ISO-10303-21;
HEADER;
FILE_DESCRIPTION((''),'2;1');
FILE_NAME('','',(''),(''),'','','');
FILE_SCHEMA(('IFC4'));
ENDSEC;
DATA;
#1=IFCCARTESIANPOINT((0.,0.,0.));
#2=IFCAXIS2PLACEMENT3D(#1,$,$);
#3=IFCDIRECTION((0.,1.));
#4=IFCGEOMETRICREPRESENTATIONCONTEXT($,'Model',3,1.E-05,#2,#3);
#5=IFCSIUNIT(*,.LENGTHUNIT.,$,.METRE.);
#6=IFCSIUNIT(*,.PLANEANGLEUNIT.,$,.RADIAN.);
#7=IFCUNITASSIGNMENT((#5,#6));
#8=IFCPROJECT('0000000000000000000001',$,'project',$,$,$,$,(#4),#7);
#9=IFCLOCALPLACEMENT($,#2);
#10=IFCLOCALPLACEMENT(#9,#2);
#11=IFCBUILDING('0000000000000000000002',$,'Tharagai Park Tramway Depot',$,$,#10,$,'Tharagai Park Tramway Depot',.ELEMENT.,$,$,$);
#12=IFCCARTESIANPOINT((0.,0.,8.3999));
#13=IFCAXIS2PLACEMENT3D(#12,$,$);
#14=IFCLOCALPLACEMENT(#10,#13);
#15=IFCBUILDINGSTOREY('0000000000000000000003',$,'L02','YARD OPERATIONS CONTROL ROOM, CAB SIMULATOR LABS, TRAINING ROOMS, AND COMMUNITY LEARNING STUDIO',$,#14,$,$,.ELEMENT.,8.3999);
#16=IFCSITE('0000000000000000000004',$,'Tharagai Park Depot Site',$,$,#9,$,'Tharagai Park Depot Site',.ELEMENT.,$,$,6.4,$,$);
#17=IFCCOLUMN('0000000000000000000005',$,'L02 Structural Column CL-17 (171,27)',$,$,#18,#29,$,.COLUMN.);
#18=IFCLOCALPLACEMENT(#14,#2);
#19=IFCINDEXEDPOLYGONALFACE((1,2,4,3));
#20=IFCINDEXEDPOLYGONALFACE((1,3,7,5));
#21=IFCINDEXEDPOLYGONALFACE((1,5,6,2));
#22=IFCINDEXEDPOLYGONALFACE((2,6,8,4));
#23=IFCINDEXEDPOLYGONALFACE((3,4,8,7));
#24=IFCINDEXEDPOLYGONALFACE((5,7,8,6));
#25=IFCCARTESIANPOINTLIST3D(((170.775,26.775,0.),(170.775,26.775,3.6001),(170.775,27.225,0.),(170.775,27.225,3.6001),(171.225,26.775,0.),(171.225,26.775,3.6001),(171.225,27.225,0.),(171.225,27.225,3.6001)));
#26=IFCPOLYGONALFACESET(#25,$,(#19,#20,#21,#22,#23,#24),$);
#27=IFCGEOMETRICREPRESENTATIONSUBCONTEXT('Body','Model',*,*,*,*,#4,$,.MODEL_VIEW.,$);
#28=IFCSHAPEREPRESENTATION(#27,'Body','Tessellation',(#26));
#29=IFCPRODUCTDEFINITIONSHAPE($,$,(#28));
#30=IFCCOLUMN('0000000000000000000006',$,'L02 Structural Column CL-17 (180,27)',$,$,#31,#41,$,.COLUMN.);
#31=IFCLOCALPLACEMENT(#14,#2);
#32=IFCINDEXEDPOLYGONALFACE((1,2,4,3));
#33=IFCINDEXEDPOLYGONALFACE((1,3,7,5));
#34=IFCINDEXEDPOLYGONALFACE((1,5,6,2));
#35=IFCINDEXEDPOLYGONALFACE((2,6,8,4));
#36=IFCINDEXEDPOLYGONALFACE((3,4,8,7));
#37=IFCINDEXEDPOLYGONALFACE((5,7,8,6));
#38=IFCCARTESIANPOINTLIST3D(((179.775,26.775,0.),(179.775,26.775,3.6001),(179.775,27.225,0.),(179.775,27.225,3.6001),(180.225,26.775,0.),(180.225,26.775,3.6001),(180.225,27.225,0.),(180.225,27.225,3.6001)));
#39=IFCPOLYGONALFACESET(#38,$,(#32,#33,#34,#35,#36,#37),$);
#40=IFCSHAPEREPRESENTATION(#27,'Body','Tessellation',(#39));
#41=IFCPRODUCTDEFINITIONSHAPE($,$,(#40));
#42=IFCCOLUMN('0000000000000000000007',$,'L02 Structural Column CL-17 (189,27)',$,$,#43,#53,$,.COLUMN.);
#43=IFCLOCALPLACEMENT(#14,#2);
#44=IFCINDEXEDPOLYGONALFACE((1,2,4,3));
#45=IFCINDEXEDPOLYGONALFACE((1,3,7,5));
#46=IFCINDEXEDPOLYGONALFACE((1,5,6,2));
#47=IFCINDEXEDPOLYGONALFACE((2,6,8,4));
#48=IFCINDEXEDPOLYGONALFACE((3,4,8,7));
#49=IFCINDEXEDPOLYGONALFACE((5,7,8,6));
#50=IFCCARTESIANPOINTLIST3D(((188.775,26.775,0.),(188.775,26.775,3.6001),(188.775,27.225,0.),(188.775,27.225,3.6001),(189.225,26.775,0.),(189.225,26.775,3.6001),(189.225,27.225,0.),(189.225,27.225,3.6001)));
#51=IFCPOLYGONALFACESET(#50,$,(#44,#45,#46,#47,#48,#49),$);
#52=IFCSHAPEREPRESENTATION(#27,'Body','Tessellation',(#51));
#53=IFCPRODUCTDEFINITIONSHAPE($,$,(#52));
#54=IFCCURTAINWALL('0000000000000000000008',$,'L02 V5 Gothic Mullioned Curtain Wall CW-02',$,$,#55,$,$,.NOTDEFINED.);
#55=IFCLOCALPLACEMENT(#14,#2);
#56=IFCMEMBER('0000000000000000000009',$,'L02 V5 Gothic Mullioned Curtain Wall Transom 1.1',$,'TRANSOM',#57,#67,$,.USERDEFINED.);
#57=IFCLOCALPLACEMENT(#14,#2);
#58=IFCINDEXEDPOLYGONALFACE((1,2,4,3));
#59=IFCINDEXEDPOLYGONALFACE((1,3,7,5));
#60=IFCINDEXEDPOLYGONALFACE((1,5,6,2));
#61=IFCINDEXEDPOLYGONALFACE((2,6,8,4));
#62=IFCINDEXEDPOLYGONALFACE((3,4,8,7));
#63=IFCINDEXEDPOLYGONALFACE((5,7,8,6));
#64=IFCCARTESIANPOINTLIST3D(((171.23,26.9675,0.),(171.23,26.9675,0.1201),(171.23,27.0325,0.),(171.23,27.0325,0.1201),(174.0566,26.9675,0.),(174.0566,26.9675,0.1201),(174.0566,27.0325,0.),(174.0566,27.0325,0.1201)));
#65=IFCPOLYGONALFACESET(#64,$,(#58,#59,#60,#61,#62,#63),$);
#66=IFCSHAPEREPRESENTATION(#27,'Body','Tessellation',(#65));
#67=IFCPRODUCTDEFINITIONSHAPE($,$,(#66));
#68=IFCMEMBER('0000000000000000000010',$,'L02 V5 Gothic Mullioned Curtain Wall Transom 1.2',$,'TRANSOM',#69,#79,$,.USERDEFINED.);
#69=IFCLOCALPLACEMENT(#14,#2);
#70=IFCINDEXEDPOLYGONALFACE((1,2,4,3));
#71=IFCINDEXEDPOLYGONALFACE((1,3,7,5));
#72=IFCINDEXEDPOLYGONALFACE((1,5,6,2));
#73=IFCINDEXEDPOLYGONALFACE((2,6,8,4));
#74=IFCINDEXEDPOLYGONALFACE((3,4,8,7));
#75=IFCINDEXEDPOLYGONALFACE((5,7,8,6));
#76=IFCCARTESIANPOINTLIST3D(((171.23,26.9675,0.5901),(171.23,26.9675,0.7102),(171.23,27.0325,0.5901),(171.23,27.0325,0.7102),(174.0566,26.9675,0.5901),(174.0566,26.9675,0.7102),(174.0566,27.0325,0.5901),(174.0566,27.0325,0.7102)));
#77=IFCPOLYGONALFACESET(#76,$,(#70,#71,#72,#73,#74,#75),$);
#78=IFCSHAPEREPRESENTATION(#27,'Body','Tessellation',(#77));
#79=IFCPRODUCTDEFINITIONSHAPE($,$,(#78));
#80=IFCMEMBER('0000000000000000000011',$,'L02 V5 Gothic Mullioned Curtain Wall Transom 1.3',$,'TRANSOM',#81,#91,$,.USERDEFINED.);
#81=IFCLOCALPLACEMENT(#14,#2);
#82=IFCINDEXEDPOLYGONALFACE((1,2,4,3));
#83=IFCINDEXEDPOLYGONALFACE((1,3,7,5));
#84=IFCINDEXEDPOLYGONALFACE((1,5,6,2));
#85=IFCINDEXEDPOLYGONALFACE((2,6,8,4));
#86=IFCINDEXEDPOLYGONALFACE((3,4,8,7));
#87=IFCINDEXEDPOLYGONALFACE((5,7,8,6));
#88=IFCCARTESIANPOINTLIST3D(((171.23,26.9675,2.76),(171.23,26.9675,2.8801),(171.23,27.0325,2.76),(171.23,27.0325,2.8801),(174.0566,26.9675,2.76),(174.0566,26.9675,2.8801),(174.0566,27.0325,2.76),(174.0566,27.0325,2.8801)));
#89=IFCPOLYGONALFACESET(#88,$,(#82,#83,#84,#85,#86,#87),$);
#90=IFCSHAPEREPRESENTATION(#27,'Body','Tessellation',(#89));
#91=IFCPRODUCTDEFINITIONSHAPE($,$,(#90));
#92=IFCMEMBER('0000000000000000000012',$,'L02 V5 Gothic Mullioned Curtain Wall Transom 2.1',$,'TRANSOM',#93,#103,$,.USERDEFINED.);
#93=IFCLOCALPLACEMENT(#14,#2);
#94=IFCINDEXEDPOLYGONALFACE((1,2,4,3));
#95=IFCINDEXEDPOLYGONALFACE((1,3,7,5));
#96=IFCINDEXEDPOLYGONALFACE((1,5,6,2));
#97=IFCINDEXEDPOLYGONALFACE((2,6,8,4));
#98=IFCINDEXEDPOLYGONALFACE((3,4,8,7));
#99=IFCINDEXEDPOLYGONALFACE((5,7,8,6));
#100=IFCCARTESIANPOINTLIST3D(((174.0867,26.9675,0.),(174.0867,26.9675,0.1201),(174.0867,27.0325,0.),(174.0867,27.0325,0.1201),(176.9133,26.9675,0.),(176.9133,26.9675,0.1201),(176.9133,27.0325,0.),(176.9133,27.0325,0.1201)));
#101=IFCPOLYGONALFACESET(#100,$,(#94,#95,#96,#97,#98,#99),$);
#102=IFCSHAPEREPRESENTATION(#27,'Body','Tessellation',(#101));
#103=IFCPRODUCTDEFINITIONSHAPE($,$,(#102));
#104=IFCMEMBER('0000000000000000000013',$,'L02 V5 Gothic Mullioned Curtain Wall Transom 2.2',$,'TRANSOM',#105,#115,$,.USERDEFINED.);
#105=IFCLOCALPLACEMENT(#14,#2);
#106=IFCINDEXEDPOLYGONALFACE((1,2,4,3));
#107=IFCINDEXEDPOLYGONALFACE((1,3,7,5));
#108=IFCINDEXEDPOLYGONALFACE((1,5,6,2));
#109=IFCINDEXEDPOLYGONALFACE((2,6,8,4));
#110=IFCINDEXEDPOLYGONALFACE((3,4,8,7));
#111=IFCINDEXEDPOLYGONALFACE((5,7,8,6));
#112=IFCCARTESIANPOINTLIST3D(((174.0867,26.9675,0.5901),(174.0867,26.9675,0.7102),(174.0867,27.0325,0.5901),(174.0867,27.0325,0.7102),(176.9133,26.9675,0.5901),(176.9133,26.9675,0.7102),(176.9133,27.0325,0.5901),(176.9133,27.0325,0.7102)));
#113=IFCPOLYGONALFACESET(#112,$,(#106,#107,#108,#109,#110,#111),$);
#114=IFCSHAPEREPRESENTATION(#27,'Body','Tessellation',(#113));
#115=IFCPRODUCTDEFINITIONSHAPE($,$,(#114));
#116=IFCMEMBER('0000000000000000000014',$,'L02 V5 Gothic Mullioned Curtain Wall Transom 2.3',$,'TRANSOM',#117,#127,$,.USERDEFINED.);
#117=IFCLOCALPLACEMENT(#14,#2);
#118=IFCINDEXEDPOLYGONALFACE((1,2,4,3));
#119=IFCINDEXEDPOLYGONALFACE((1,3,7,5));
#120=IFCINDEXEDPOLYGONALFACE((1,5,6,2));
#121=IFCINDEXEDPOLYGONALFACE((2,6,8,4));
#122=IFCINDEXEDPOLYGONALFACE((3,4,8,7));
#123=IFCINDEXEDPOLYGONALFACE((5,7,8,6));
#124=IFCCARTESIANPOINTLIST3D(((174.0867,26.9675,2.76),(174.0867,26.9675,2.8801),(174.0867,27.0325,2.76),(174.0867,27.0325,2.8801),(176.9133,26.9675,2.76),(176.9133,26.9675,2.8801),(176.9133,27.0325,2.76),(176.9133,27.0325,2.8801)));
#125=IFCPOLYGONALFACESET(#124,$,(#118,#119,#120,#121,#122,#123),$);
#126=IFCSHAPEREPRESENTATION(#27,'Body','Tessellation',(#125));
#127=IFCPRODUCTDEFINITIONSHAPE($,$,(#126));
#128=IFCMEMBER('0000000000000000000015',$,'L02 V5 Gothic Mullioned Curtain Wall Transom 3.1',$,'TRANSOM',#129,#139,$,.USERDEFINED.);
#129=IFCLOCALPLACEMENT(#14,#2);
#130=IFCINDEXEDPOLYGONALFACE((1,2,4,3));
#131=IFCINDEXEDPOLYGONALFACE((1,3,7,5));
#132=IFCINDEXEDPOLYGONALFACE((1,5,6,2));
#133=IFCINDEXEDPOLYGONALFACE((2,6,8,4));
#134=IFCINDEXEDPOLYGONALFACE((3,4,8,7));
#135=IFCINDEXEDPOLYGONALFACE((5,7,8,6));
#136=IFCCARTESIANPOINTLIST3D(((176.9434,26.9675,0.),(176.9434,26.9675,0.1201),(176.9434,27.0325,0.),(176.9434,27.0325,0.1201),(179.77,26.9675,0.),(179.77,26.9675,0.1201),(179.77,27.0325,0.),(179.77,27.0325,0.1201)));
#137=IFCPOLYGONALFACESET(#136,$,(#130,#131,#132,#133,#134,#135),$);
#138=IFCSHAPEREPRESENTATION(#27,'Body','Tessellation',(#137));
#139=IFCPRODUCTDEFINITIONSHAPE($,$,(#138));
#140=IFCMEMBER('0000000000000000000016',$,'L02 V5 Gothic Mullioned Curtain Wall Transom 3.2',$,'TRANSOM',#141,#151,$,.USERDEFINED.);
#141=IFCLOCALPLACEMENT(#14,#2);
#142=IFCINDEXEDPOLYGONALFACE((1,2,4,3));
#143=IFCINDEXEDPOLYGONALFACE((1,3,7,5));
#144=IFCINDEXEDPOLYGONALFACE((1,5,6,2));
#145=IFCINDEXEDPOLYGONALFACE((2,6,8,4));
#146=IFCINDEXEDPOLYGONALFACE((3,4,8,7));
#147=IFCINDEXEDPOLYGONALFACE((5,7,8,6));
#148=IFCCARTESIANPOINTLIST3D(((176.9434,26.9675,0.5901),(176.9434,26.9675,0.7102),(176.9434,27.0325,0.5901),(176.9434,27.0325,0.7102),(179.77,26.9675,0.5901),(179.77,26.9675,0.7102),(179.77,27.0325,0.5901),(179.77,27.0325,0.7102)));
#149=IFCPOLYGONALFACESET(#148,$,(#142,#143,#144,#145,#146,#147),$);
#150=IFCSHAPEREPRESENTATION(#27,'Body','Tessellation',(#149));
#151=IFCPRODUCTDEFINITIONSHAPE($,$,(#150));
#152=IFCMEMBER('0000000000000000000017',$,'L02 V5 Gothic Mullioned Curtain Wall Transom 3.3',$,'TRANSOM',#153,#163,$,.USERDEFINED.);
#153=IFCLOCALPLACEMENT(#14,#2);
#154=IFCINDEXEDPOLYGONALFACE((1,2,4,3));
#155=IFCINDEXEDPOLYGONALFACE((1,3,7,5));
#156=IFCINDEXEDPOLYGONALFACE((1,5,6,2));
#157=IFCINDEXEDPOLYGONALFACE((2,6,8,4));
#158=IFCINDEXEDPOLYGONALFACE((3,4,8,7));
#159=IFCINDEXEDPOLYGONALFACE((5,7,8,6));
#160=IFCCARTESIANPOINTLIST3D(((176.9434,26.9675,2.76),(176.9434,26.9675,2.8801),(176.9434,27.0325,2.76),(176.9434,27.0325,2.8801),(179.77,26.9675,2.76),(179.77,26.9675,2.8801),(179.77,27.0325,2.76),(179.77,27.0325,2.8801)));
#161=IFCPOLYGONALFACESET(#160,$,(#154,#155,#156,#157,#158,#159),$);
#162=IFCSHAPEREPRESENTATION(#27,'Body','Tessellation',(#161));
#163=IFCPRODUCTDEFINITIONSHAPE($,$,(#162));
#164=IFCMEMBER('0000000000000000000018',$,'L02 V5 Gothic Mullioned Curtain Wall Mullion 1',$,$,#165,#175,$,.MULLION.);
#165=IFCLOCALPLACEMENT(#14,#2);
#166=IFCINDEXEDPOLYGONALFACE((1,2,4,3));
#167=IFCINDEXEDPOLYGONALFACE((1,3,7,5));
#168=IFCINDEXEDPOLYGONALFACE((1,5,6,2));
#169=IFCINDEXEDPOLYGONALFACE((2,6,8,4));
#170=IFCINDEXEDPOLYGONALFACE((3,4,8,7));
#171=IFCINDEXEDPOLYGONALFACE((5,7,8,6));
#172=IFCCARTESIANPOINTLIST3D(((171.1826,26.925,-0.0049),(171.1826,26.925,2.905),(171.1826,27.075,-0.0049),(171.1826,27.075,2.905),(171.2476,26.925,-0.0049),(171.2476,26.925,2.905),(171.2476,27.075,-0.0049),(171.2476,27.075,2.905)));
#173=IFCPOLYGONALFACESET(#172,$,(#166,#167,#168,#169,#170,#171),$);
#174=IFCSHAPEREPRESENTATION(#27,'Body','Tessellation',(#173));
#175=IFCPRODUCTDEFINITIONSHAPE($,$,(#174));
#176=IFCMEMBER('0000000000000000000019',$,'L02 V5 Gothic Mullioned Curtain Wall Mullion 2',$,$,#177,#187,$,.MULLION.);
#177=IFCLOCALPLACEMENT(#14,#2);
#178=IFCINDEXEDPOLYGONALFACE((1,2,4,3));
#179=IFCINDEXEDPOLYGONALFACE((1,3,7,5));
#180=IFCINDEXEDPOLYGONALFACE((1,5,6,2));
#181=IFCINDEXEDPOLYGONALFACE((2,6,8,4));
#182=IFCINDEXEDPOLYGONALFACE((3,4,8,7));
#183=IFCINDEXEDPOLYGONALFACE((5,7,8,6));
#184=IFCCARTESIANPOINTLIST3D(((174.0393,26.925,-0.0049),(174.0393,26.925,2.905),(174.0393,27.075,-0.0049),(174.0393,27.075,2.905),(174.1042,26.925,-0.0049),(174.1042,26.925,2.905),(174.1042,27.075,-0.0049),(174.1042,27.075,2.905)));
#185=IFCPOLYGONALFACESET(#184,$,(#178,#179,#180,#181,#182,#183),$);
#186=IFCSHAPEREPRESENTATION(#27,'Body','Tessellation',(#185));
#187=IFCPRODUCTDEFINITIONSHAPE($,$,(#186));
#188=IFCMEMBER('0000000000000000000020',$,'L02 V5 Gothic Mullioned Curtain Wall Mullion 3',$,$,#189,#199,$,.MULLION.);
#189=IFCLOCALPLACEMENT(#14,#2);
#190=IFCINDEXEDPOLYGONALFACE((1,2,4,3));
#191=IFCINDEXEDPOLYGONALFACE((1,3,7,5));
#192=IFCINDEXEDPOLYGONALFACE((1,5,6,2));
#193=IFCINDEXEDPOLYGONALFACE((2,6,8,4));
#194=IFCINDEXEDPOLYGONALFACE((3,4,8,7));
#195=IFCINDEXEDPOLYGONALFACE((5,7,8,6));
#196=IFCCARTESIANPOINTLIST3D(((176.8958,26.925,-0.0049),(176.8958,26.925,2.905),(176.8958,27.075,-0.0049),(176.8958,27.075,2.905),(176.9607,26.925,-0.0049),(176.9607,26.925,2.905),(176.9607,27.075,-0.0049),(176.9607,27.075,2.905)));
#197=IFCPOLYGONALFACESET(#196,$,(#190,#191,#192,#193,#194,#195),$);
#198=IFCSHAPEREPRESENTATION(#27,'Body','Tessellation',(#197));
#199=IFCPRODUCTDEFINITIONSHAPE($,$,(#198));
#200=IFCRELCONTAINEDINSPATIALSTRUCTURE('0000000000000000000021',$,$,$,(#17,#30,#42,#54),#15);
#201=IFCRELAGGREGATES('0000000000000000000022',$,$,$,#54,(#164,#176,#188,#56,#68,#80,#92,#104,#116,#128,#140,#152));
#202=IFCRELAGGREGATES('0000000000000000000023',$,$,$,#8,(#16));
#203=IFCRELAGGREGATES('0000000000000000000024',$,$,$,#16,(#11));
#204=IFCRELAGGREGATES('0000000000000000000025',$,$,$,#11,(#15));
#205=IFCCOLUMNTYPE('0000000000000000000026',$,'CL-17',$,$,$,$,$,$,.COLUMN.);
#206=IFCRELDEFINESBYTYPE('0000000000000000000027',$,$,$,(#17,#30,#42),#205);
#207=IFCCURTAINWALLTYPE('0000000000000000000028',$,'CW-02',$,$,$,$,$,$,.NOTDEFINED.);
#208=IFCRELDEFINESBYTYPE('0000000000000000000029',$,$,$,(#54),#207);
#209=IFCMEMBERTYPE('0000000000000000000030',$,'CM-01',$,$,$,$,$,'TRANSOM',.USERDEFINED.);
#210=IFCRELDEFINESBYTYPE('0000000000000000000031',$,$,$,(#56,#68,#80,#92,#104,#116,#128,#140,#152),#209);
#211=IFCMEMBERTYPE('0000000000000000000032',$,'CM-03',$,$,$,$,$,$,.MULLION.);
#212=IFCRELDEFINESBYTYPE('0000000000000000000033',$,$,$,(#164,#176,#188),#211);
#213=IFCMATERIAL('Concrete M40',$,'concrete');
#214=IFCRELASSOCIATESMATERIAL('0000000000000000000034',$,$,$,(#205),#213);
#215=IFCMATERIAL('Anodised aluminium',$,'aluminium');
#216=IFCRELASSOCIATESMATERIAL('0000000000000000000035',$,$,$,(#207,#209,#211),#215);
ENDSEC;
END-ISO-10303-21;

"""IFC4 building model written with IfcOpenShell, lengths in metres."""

from ifc_helpers import new_model, si_unit, direction, frame, origin, origin_2d, place, context, subcontext, project, spatial, rectangle, extrude, material, material_profile, profile_set, type_object, element, aggregate, save


model = new_model("IFC4")

# Units and contexts
model_context = context("Model", 3, precision=1e-05, world=origin(), true_north=direction((0.0, 1.0)))
body_context = subcontext(model_context, "Body", "Model", "MODEL_VIEW")
ifc_project = project(units=[si_unit("LENGTHUNIT", "METRE"), si_unit("PLANEANGLEUNIT", "RADIAN")], contexts=[model_context])

# Site, building, storey
site_placement = place(None, origin())
site = spatial("IfcSite", under=ifc_project, at=site_placement, Name="Tharagai Park Depot Site", LongName="Tharagai Park Depot Site", CompositionType="ELEMENT", RefElevation=6.4)
building_placement = place(site_placement, origin())
building = spatial("IfcBuilding", under=site, at=building_placement, Name="Tharagai Park Tramway Depot", LongName="Tharagai Park Tramway Depot", CompositionType="ELEMENT")
storey_placement = place(building_placement, frame((0.0, 0.0, 8.3999)))
storey = spatial("IfcBuildingStorey", under=building, at=storey_placement, Name="L02", Description="YARD OPERATIONS CONTROL ROOM, CAB SIMULATOR LABS, TRAINING ROOMS, AND COMMUNITY LEARNING STUDIO", CompositionType="ELEMENT", Elevation=8.3999)

# Columns
ifc_material_1 = material(Name="Concrete M40", Category="concrete")
ifc_material_profile_1 = material_profile(ifc_material_1, rectangle(XDim=0.45, YDim=0.45, at=origin_2d()), Name="RC 450x450")
ifc_profile_set_1 = profile_set([ifc_material_profile_1], Name="Concrete M40")
column_type = type_object("IfcColumnType", Name="CL-17", PredefinedType="COLUMN", material=ifc_profile_set_1)
for number, where, z_axis, x_axis, name in (
    (1, (171.0, 27.0, 0.0), (0.0, 0.0, 1.0), (1.0, 0.0, 0.0), "L02 Structural Column CL-17 (171,27)"),
    (2, (180.0, 27.0, 0.0), (0.0, 0.0, 1.0), (1.0, 0.0, 0.0), "L02 Structural Column CL-17 (180,27)"),
    (3, (189.0, 27.0, 0.0), (0.0, 0.0, 1.0), (1.0, 0.0, 0.0), "L02 Structural Column CL-17 (189,27)"),
):
    element("IfcColumn", number, at=place(storey_placement, frame(where, z_axis=z_axis, x_axis=x_axis)), inside=storey, type_object=column_type, Name=name, PredefinedType="COLUMN", context=body_context, shape_type="SweptSolid", body=[
        extrude(rectangle(XDim=0.45, YDim=0.45, at=origin_2d()), origin(), (0.0, 0.0, 1.0), 3.6001),
    ])

# Curtain wall, members
ifc_material_2 = material(Name="Anodised aluminium", Category="aluminium")
curtain_wall_type = type_object("IfcCurtainWallType", Name="CW-02", PredefinedType="NOTDEFINED", material=ifc_material_2)
curtain_wall_placement = place(storey_placement, origin())
curtain_wall = element("IfcCurtainWall", 4, at=curtain_wall_placement, inside=storey, type_object=curtain_wall_type, Name="L02 V5 Gothic Mullioned Curtain Wall CW-02", PredefinedType="NOTDEFINED")
ifc_material_profile_2 = material_profile(ifc_material_2, rectangle(XDim=0.0649, YDim=0.1201, at=origin_2d()), Name="ALU 65x120")
ifc_profile_set_2 = profile_set([ifc_material_profile_2], Name="Anodised aluminium")
member_type_1 = type_object("IfcMemberType", Name="CM-01", ElementType="TRANSOM", PredefinedType="USERDEFINED", material=ifc_profile_set_2)
member_1_placement = place(storey_placement, frame((171.23, 27.0, 0.0601), z_axis=(1.0, 0.0, 0.0), x_axis=(0.0, 1.0, 0.0)))
member_1 = element("IfcMember", 5, at=member_1_placement, type_object=member_type_1, Name="L02 V5 Gothic Mullioned Curtain Wall Transom 1.1", ObjectType="TRANSOM", PredefinedType="USERDEFINED", context=body_context, shape_type="SweptSolid", body=[
    extrude(rectangle(XDim=0.0649, YDim=0.1201, at=origin_2d()), origin(), (0.0, 0.0, 1.0), 2.8267),
])
member_2_placement = place(storey_placement, frame((171.23, 27.0, 0.6501), z_axis=(1.0, 0.0, 0.0), x_axis=(0.0, 1.0, 0.0)))
member_2 = element("IfcMember", 6, at=member_2_placement, type_object=member_type_1, Name="L02 V5 Gothic Mullioned Curtain Wall Transom 1.2", ObjectType="TRANSOM", PredefinedType="USERDEFINED", context=body_context, shape_type="SweptSolid", body=[
    extrude(rectangle(XDim=0.0649, YDim=0.1201, at=origin_2d()), origin(), (0.0, 0.0, 1.0), 2.8267),
])
member_3_placement = place(storey_placement, frame((171.23, 27.0, 2.8201), z_axis=(1.0, 0.0, 0.0), x_axis=(0.0, 1.0, 0.0)))
member_3 = element("IfcMember", 7, at=member_3_placement, type_object=member_type_1, Name="L02 V5 Gothic Mullioned Curtain Wall Transom 1.3", ObjectType="TRANSOM", PredefinedType="USERDEFINED", context=body_context, shape_type="SweptSolid", body=[
    extrude(rectangle(XDim=0.0649, YDim=0.1201, at=origin_2d()), origin(), (0.0, 0.0, 1.0), 2.8267),
])
member_4_placement = place(storey_placement, frame((174.0867, 27.0, 0.0601), z_axis=(1.0, 0.0, 0.0), x_axis=(0.0, 1.0, 0.0)))
member_4 = element("IfcMember", 8, at=member_4_placement, type_object=member_type_1, Name="L02 V5 Gothic Mullioned Curtain Wall Transom 2.1", ObjectType="TRANSOM", PredefinedType="USERDEFINED", context=body_context, shape_type="SweptSolid", body=[
    extrude(rectangle(XDim=0.0649, YDim=0.1201, at=origin_2d()), origin(), (0.0, 0.0, 1.0), 2.8267),
])
member_5_placement = place(storey_placement, frame((174.0867, 27.0, 0.6501), z_axis=(1.0, 0.0, 0.0), x_axis=(0.0, 1.0, 0.0)))
member_5 = element("IfcMember", 9, at=member_5_placement, type_object=member_type_1, Name="L02 V5 Gothic Mullioned Curtain Wall Transom 2.2", ObjectType="TRANSOM", PredefinedType="USERDEFINED", context=body_context, shape_type="SweptSolid", body=[
    extrude(rectangle(XDim=0.0649, YDim=0.1201, at=origin_2d()), origin(), (0.0, 0.0, 1.0), 2.8267),
])
member_6_placement = place(storey_placement, frame((174.0867, 27.0, 2.8201), z_axis=(1.0, 0.0, 0.0), x_axis=(0.0, 1.0, 0.0)))
member_6 = element("IfcMember", 10, at=member_6_placement, type_object=member_type_1, Name="L02 V5 Gothic Mullioned Curtain Wall Transom 2.3", ObjectType="TRANSOM", PredefinedType="USERDEFINED", context=body_context, shape_type="SweptSolid", body=[
    extrude(rectangle(XDim=0.0649, YDim=0.1201, at=origin_2d()), origin(), (0.0, 0.0, 1.0), 2.8267),
])
member_7_placement = place(storey_placement, frame((176.9434, 27.0, 0.0601), z_axis=(1.0, 0.0, 0.0), x_axis=(0.0, 1.0, 0.0)))
member_7 = element("IfcMember", 11, at=member_7_placement, type_object=member_type_1, Name="L02 V5 Gothic Mullioned Curtain Wall Transom 3.1", ObjectType="TRANSOM", PredefinedType="USERDEFINED", context=body_context, shape_type="SweptSolid", body=[
    extrude(rectangle(XDim=0.0649, YDim=0.1201, at=origin_2d()), origin(), (0.0, 0.0, 1.0), 2.8267),
])
member_8_placement = place(storey_placement, frame((176.9434, 27.0, 0.6501), z_axis=(1.0, 0.0, 0.0), x_axis=(0.0, 1.0, 0.0)))
member_8 = element("IfcMember", 12, at=member_8_placement, type_object=member_type_1, Name="L02 V5 Gothic Mullioned Curtain Wall Transom 3.2", ObjectType="TRANSOM", PredefinedType="USERDEFINED", context=body_context, shape_type="SweptSolid", body=[
    extrude(rectangle(XDim=0.0649, YDim=0.1201, at=origin_2d()), origin(), (0.0, 0.0, 1.0), 2.8267),
])
member_9_placement = place(storey_placement, frame((176.9434, 27.0, 2.8201), z_axis=(1.0, 0.0, 0.0), x_axis=(0.0, 1.0, 0.0)))
member_9 = element("IfcMember", 13, at=member_9_placement, type_object=member_type_1, Name="L02 V5 Gothic Mullioned Curtain Wall Transom 3.3", ObjectType="TRANSOM", PredefinedType="USERDEFINED", context=body_context, shape_type="SweptSolid", body=[
    extrude(rectangle(XDim=0.0649, YDim=0.1201, at=origin_2d()), origin(), (0.0, 0.0, 1.0), 2.8267),
])
ifc_material_profile_3 = material_profile(ifc_material_2, rectangle(XDim=0.0649, YDim=0.1499, at=origin_2d()), Name="ALU 65x150")
ifc_profile_set_3 = profile_set([ifc_material_profile_3], Name="Anodised aluminium")
member_type_2 = type_object("IfcMemberType", Name="CM-03", PredefinedType="MULLION", material=ifc_profile_set_3)
member_10_placement = place(storey_placement, frame((171.2151, 27.0, -0.0049), z_axis=(0.0, 0.0, 1.0), x_axis=(1.0, 0.0, 0.0)))
member_10 = element("IfcMember", 14, at=member_10_placement, type_object=member_type_2, Name="L02 V5 Gothic Mullioned Curtain Wall Mullion 1", PredefinedType="MULLION", context=body_context, shape_type="SweptSolid", body=[
    extrude(rectangle(XDim=0.0649, YDim=0.1499, at=origin_2d()), origin(), (0.0, 0.0, 1.0), 2.9099),
])
member_11_placement = place(storey_placement, frame((174.0718, 27.0, -0.0049), z_axis=(0.0, 0.0, 1.0), x_axis=(1.0, 0.0, 0.0)))
member_11 = element("IfcMember", 15, at=member_11_placement, type_object=member_type_2, Name="L02 V5 Gothic Mullioned Curtain Wall Mullion 2", PredefinedType="MULLION", context=body_context, shape_type="SweptSolid", body=[
    extrude(rectangle(XDim=0.0649, YDim=0.1499, at=origin_2d()), origin(), (0.0, 0.0, 1.0), 2.9099),
])
member_12_placement = place(storey_placement, frame((176.9282, 27.0, -0.0049), z_axis=(0.0, 0.0, 1.0), x_axis=(1.0, 0.0, 0.0)))
member_12 = element("IfcMember", 16, at=member_12_placement, type_object=member_type_2, Name="L02 V5 Gothic Mullioned Curtain Wall Mullion 3", PredefinedType="MULLION", context=body_context, shape_type="SweptSolid", body=[
    extrude(rectangle(XDim=0.0649, YDim=0.1499, at=origin_2d()), origin(), (0.0, 0.0, 1.0), 2.9099),
])

aggregate(curtain_wall, [member_10, member_11, member_12, member_1, member_2, member_3, member_4, member_5, member_6, member_7, member_8, member_9])

save(model, "model.ifc")
